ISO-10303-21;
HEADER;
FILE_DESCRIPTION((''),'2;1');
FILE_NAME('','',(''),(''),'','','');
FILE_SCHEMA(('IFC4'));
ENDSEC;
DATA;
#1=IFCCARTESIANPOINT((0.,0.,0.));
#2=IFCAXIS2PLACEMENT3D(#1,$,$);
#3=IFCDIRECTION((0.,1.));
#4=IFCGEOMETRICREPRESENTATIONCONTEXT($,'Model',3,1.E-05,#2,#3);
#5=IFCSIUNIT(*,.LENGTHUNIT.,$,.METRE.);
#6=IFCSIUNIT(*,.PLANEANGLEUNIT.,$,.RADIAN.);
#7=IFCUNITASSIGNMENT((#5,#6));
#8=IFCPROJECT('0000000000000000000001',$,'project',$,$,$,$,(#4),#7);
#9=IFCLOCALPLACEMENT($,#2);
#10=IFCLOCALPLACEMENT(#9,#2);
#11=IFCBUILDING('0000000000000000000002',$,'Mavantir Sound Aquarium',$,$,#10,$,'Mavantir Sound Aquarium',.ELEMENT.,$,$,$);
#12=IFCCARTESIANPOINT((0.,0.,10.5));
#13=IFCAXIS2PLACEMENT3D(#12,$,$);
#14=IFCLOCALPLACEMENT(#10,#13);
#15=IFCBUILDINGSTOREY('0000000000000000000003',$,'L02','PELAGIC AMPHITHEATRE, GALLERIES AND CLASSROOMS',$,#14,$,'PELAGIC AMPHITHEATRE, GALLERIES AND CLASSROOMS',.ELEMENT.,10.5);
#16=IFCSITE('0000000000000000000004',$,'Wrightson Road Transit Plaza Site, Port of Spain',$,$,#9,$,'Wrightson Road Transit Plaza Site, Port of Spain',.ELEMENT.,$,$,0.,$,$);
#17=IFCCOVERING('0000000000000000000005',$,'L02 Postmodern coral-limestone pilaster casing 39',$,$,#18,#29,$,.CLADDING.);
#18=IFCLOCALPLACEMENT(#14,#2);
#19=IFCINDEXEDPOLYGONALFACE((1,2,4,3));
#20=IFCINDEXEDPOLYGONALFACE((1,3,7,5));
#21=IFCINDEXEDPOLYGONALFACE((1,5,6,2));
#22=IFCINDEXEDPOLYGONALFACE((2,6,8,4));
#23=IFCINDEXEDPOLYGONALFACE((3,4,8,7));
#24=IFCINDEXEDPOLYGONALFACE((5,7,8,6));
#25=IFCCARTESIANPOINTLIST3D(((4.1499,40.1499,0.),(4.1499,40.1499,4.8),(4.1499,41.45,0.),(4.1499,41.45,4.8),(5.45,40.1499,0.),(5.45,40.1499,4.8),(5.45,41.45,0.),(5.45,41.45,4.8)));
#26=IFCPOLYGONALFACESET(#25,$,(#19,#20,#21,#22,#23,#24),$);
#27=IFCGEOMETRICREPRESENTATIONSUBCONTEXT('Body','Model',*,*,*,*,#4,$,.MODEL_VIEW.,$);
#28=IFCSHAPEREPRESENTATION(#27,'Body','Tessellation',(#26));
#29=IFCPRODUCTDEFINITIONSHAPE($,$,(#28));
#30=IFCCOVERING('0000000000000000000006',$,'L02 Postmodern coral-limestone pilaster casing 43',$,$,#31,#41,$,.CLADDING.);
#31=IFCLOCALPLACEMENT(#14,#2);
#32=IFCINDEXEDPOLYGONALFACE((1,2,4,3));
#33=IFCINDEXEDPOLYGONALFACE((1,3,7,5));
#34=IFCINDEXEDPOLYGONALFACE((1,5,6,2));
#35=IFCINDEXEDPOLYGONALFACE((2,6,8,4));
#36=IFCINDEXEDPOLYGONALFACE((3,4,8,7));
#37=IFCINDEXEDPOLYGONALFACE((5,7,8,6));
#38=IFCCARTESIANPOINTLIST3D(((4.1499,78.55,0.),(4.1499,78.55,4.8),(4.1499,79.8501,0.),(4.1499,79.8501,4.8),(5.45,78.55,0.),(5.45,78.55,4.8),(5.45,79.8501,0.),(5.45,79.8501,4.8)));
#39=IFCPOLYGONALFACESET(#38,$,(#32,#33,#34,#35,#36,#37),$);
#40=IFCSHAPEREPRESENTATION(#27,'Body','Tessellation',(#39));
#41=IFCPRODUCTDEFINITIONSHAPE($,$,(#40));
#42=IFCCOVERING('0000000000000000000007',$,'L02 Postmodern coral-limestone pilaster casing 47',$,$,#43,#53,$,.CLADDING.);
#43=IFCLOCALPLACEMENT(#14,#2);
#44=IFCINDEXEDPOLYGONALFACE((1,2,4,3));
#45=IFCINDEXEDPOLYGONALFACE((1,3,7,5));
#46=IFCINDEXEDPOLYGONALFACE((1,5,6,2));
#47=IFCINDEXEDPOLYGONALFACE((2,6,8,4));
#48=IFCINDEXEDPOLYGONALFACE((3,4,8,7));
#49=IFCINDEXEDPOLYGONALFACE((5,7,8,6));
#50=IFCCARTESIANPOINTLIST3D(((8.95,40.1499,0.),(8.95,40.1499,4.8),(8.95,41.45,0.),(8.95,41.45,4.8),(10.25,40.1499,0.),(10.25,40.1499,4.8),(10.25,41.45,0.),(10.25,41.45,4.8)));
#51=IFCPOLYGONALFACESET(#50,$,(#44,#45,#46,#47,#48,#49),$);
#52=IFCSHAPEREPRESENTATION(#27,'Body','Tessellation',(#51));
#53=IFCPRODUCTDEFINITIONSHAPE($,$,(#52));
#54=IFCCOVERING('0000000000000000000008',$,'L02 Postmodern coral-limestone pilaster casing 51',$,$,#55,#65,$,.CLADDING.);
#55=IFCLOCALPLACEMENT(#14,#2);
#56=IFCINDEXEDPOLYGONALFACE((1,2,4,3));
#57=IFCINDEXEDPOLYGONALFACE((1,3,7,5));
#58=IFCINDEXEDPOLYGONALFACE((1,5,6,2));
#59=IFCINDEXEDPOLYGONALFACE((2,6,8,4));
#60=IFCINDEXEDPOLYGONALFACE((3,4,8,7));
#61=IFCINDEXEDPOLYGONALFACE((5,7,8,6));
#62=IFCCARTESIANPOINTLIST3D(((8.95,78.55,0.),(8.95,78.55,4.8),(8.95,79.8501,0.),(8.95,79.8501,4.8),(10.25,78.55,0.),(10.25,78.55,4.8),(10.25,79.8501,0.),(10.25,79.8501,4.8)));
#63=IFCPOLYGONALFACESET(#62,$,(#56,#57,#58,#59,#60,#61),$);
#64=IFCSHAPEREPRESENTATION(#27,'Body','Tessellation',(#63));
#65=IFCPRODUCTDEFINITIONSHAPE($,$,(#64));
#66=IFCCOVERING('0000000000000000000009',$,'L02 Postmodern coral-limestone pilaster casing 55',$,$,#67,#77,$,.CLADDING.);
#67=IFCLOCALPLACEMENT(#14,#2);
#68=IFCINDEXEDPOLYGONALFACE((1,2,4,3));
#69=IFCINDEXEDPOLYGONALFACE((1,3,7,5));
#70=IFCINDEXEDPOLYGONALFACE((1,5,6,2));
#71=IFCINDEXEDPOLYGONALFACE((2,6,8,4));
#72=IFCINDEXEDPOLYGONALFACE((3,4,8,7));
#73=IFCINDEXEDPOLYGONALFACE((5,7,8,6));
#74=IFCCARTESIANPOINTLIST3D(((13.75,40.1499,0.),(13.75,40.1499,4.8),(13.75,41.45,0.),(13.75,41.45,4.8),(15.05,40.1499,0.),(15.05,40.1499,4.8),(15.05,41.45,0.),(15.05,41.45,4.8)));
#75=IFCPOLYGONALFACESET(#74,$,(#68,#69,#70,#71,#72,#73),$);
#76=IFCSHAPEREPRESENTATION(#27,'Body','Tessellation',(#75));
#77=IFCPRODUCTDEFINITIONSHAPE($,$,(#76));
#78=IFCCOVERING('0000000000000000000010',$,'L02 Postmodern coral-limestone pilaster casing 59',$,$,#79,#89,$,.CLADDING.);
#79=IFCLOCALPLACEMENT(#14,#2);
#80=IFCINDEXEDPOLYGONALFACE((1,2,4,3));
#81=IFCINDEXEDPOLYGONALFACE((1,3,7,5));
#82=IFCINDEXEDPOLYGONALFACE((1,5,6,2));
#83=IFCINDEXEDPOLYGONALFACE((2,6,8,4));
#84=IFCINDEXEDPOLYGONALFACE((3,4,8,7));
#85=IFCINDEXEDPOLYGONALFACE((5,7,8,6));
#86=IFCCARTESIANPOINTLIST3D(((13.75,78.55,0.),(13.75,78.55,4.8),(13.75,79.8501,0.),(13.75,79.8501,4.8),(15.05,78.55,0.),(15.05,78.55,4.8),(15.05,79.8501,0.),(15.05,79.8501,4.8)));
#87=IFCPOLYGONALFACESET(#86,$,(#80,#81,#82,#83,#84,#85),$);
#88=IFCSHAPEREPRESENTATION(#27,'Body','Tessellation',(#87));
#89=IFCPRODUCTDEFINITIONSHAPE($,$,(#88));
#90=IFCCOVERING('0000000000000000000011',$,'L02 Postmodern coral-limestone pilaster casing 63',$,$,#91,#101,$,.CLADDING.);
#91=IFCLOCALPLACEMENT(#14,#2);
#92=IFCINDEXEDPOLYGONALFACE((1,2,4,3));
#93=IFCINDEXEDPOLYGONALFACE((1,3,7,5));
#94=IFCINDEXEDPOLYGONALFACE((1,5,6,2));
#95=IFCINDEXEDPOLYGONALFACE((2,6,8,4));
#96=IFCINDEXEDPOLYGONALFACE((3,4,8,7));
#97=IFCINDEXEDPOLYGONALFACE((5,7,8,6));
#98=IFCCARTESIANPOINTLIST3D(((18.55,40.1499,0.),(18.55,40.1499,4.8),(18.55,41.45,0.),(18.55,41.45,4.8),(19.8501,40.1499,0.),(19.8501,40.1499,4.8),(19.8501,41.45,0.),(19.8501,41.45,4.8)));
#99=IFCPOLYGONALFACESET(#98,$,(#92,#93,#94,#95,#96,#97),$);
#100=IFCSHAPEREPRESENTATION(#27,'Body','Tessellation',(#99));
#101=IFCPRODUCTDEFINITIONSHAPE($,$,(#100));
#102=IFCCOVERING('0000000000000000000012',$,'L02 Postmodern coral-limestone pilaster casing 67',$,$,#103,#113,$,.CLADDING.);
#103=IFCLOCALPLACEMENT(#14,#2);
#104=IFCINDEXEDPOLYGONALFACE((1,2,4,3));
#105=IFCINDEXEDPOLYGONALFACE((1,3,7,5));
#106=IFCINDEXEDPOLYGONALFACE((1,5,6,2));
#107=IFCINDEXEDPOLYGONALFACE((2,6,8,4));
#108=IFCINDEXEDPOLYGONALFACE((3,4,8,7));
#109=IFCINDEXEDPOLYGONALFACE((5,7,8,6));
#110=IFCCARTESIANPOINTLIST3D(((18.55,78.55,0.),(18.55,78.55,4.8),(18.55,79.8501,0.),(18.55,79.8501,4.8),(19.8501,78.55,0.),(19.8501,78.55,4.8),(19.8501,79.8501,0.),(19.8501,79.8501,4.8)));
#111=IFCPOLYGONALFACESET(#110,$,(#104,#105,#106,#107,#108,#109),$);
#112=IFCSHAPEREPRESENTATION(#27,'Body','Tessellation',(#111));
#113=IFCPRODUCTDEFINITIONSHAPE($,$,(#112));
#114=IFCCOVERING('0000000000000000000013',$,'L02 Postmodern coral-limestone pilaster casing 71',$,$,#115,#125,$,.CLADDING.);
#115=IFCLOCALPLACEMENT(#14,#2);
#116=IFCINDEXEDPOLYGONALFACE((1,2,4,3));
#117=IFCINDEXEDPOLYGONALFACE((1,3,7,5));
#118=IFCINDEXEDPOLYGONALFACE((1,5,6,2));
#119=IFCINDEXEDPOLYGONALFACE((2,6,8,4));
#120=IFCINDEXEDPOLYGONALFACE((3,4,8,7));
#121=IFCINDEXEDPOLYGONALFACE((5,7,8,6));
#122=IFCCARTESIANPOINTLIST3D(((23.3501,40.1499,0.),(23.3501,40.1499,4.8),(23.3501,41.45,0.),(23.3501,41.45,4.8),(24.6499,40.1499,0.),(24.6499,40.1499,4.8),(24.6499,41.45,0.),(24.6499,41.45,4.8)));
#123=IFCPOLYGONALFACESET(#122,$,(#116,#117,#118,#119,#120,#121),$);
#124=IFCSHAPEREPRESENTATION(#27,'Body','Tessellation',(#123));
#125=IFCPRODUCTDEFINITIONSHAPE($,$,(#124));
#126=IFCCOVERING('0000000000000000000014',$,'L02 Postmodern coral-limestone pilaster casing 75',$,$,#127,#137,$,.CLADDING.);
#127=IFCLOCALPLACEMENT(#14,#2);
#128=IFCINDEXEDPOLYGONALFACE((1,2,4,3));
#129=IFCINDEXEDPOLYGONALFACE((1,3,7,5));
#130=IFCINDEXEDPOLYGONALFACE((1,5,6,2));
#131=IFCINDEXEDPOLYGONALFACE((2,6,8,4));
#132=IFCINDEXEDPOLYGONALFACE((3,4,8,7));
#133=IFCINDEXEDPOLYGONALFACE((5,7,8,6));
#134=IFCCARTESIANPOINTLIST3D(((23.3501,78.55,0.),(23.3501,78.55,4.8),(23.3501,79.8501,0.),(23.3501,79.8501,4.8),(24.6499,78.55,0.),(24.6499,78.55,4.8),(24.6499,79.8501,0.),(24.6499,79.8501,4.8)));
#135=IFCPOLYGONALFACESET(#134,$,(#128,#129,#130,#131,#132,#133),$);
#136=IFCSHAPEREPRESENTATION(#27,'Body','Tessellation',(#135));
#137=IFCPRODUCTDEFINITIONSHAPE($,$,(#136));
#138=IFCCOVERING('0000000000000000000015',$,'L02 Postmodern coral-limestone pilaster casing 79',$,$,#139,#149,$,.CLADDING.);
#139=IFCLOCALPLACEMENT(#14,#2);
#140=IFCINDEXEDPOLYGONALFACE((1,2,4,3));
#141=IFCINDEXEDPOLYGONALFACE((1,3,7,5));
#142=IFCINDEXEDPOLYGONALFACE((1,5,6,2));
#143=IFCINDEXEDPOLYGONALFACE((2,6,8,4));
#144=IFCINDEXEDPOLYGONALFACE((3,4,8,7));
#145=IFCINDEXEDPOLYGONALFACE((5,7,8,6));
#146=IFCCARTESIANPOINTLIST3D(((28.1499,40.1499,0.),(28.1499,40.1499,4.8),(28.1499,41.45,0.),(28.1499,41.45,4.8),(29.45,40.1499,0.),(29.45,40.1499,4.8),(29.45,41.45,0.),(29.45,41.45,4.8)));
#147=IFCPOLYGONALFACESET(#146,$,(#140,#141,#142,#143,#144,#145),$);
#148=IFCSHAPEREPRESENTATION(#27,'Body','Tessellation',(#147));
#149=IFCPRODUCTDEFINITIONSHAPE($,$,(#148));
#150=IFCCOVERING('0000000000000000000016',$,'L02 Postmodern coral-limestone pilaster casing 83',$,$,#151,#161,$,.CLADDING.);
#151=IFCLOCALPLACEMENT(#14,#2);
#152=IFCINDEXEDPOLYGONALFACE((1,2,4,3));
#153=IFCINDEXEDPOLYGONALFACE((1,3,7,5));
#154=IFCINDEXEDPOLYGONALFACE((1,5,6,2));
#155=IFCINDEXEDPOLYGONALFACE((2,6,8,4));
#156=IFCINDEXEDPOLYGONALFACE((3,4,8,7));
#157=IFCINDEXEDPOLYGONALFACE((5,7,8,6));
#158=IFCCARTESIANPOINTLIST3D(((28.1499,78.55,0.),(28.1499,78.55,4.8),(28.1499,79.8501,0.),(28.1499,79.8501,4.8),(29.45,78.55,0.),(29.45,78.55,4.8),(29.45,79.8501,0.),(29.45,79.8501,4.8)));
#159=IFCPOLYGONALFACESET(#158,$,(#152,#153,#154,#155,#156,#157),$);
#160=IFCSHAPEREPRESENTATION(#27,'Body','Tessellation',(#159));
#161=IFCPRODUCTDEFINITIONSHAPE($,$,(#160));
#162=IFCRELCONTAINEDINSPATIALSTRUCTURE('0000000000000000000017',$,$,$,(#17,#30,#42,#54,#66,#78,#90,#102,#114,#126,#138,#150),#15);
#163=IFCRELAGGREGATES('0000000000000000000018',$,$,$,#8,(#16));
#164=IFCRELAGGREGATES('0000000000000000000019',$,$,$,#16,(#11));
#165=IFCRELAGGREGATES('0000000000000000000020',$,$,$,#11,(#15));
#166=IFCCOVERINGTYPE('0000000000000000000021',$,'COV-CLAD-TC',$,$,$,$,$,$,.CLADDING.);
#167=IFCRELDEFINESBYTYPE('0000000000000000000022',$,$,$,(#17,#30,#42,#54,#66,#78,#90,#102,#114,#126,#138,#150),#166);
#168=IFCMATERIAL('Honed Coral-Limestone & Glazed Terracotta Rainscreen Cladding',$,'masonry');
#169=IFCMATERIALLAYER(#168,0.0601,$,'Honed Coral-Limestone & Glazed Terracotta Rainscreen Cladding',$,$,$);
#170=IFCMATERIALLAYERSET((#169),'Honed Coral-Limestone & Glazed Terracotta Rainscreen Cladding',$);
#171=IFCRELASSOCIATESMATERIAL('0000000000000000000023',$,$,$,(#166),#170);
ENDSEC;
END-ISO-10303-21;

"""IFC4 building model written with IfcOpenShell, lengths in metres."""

from ifc_helpers import new_model, si_unit, direction, frame, origin, place, context, subcontext, project, spatial, polyline, outline, extrude, material, layer, layer_set, type_object, element, save


model = new_model("IFC4")

# Units and contexts
model_context = context("Model", 3, precision=1e-05, world=origin(), true_north=direction((0.0, 1.0)))
body_context = subcontext(model_context, "Body", "Model", "MODEL_VIEW")
ifc_project = project(units=[si_unit("LENGTHUNIT", "METRE"), si_unit("PLANEANGLEUNIT", "RADIAN")], contexts=[model_context])

# Site, building, storey
site_placement = place(None, origin())
site = spatial("IfcSite", under=ifc_project, at=site_placement, Name="Wrightson Road Transit Plaza Site, Port of Spain", LongName="Wrightson Road Transit Plaza Site, Port of Spain", CompositionType="ELEMENT", RefElevation=0.0)
building_placement = place(site_placement, origin())
building = spatial("IfcBuilding", under=site, at=building_placement, Name="Mavantir Sound Aquarium", LongName="Mavantir Sound Aquarium", CompositionType="ELEMENT")
storey_placement = place(building_placement, frame((0.0, 0.0, 10.5)))
storey = spatial("IfcBuildingStorey", under=building, at=storey_placement, Name="L02", Description="PELAGIC AMPHITHEATRE, GALLERIES AND CLASSROOMS", LongName="PELAGIC AMPHITHEATRE, GALLERIES AND CLASSROOMS", CompositionType="ELEMENT", Elevation=10.5)

# Coverings
ifc_material = material(Name="Honed Coral-Limestone & Glazed Terracotta Rainscreen Cladding", Category="masonry")
ifc_layer = layer(ifc_material, 0.0601, Name="Honed Coral-Limestone & Glazed Terracotta Rainscreen Cladding")
ifc_layer_set = layer_set([ifc_layer], Name="Honed Coral-Limestone & Glazed Terracotta Rainscreen Cladding")
covering_type = type_object("IfcCoveringType", Name="COV-CLAD-TC", PredefinedType="CLADDING", material=ifc_layer_set)
covering_1_placement = place(storey_placement, origin())
element("IfcCovering", 1, at=covering_1_placement, inside=storey, type_object=covering_type, Name="L02 Postmodern coral-limestone pilaster casing 39", PredefinedType="CLADDING", context=body_context, shape_type="SweptSolid", body=[
    extrude(outline(polyline([(4.1499, 40.1499), (5.45, 40.1499), (5.45, 41.45), (4.1499, 41.45), (4.1499, 40.1499)])), origin(), (0.0, 0.0, 1.0), 4.8),
])
covering_2_placement = place(storey_placement, origin())
element("IfcCovering", 2, at=covering_2_placement, inside=storey, type_object=covering_type, Name="L02 Postmodern coral-limestone pilaster casing 43", PredefinedType="CLADDING", context=body_context, shape_type="SweptSolid", body=[
    extrude(outline(polyline([(4.1499, 78.55), (5.45, 78.55), (5.45, 79.8501), (4.1499, 79.8501), (4.1499, 78.55)])), origin(), (0.0, 0.0, 1.0), 4.8),
])
covering_3_placement = place(storey_placement, origin())
element("IfcCovering", 3, at=covering_3_placement, inside=storey, type_object=covering_type, Name="L02 Postmodern coral-limestone pilaster casing 47", PredefinedType="CLADDING", context=body_context, shape_type="SweptSolid", body=[
    extrude(outline(polyline([(8.95, 40.1499), (10.25, 40.1499), (10.25, 41.45), (8.95, 41.45), (8.95, 40.1499)])), origin(), (0.0, 0.0, 1.0), 4.8),
])
covering_4_placement = place(storey_placement, origin())
element("IfcCovering", 4, at=covering_4_placement, inside=storey, type_object=covering_type, Name="L02 Postmodern coral-limestone pilaster casing 51", PredefinedType="CLADDING", context=body_context, shape_type="SweptSolid", body=[
    extrude(outline(polyline([(8.95, 78.55), (10.25, 78.55), (10.25, 79.8501), (8.95, 79.8501), (8.95, 78.55)])), origin(), (0.0, 0.0, 1.0), 4.8),
])
covering_5_placement = place(storey_placement, origin())
element("IfcCovering", 5, at=covering_5_placement, inside=storey, type_object=covering_type, Name="L02 Postmodern coral-limestone pilaster casing 55", PredefinedType="CLADDING", context=body_context, shape_type="SweptSolid", body=[
    extrude(outline(polyline([(13.75, 40.1499), (15.05, 40.1499), (15.05, 41.45), (13.75, 41.45), (13.75, 40.1499)])), origin(), (0.0, 0.0, 1.0), 4.8),
])
covering_6_placement = place(storey_placement, origin())
element("IfcCovering", 6, at=covering_6_placement, inside=storey, type_object=covering_type, Name="L02 Postmodern coral-limestone pilaster casing 59", PredefinedType="CLADDING", context=body_context, shape_type="SweptSolid", body=[
    extrude(outline(polyline([(13.75, 78.55), (15.05, 78.55), (15.05, 79.8501), (13.75, 79.8501), (13.75, 78.55)])), origin(), (0.0, 0.0, 1.0), 4.8),
])
covering_7_placement = place(storey_placement, origin())
element("IfcCovering", 7, at=covering_7_placement, inside=storey, type_object=covering_type, Name="L02 Postmodern coral-limestone pilaster casing 63", PredefinedType="CLADDING", context=body_context, shape_type="SweptSolid", body=[
    extrude(outline(polyline([(18.55, 40.1499), (19.8501, 40.1499), (19.8501, 41.45), (18.55, 41.45), (18.55, 40.1499)])), origin(), (0.0, 0.0, 1.0), 4.8),
])
covering_8_placement = place(storey_placement, origin())
element("IfcCovering", 8, at=covering_8_placement, inside=storey, type_object=covering_type, Name="L02 Postmodern coral-limestone pilaster casing 67", PredefinedType="CLADDING", context=body_context, shape_type="SweptSolid", body=[
    extrude(outline(polyline([(18.55, 78.55), (19.8501, 78.55), (19.8501, 79.8501), (18.55, 79.8501), (18.55, 78.55)])), origin(), (0.0, 0.0, 1.0), 4.8),
])
covering_9_placement = place(storey_placement, origin())
element("IfcCovering", 9, at=covering_9_placement, inside=storey, type_object=covering_type, Name="L02 Postmodern coral-limestone pilaster casing 71", PredefinedType="CLADDING", context=body_context, shape_type="SweptSolid", body=[
    extrude(outline(polyline([(23.3501, 40.1499), (24.6499, 40.1499), (24.6499, 41.45), (23.3501, 41.45), (23.3501, 40.1499)])), origin(), (0.0, 0.0, 1.0), 4.8),
])
covering_10_placement = place(storey_placement, origin())
element("IfcCovering", 10, at=covering_10_placement, inside=storey, type_object=covering_type, Name="L02 Postmodern coral-limestone pilaster casing 75", PredefinedType="CLADDING", context=body_context, shape_type="SweptSolid", body=[
    extrude(outline(polyline([(23.3501, 78.55), (24.6499, 78.55), (24.6499, 79.8501), (23.3501, 79.8501), (23.3501, 78.55)])), origin(), (0.0, 0.0, 1.0), 4.8),
])
covering_11_placement = place(storey_placement, origin())
element("IfcCovering", 11, at=covering_11_placement, inside=storey, type_object=covering_type, Name="L02 Postmodern coral-limestone pilaster casing 79", PredefinedType="CLADDING", context=body_context, shape_type="SweptSolid", body=[
    extrude(outline(polyline([(28.1499, 40.1499), (29.45, 40.1499), (29.45, 41.45), (28.1499, 41.45), (28.1499, 40.1499)])), origin(), (0.0, 0.0, 1.0), 4.8),
])
covering_12_placement = place(storey_placement, origin())
element("IfcCovering", 12, at=covering_12_placement, inside=storey, type_object=covering_type, Name="L02 Postmodern coral-limestone pilaster casing 83", PredefinedType="CLADDING", context=body_context, shape_type="SweptSolid", body=[
    extrude(outline(polyline([(28.1499, 78.55), (29.45, 78.55), (29.45, 79.8501), (28.1499, 79.8501), (28.1499, 78.55)])), origin(), (0.0, 0.0, 1.0), 4.8),
])

save(model, "model.ifc")
